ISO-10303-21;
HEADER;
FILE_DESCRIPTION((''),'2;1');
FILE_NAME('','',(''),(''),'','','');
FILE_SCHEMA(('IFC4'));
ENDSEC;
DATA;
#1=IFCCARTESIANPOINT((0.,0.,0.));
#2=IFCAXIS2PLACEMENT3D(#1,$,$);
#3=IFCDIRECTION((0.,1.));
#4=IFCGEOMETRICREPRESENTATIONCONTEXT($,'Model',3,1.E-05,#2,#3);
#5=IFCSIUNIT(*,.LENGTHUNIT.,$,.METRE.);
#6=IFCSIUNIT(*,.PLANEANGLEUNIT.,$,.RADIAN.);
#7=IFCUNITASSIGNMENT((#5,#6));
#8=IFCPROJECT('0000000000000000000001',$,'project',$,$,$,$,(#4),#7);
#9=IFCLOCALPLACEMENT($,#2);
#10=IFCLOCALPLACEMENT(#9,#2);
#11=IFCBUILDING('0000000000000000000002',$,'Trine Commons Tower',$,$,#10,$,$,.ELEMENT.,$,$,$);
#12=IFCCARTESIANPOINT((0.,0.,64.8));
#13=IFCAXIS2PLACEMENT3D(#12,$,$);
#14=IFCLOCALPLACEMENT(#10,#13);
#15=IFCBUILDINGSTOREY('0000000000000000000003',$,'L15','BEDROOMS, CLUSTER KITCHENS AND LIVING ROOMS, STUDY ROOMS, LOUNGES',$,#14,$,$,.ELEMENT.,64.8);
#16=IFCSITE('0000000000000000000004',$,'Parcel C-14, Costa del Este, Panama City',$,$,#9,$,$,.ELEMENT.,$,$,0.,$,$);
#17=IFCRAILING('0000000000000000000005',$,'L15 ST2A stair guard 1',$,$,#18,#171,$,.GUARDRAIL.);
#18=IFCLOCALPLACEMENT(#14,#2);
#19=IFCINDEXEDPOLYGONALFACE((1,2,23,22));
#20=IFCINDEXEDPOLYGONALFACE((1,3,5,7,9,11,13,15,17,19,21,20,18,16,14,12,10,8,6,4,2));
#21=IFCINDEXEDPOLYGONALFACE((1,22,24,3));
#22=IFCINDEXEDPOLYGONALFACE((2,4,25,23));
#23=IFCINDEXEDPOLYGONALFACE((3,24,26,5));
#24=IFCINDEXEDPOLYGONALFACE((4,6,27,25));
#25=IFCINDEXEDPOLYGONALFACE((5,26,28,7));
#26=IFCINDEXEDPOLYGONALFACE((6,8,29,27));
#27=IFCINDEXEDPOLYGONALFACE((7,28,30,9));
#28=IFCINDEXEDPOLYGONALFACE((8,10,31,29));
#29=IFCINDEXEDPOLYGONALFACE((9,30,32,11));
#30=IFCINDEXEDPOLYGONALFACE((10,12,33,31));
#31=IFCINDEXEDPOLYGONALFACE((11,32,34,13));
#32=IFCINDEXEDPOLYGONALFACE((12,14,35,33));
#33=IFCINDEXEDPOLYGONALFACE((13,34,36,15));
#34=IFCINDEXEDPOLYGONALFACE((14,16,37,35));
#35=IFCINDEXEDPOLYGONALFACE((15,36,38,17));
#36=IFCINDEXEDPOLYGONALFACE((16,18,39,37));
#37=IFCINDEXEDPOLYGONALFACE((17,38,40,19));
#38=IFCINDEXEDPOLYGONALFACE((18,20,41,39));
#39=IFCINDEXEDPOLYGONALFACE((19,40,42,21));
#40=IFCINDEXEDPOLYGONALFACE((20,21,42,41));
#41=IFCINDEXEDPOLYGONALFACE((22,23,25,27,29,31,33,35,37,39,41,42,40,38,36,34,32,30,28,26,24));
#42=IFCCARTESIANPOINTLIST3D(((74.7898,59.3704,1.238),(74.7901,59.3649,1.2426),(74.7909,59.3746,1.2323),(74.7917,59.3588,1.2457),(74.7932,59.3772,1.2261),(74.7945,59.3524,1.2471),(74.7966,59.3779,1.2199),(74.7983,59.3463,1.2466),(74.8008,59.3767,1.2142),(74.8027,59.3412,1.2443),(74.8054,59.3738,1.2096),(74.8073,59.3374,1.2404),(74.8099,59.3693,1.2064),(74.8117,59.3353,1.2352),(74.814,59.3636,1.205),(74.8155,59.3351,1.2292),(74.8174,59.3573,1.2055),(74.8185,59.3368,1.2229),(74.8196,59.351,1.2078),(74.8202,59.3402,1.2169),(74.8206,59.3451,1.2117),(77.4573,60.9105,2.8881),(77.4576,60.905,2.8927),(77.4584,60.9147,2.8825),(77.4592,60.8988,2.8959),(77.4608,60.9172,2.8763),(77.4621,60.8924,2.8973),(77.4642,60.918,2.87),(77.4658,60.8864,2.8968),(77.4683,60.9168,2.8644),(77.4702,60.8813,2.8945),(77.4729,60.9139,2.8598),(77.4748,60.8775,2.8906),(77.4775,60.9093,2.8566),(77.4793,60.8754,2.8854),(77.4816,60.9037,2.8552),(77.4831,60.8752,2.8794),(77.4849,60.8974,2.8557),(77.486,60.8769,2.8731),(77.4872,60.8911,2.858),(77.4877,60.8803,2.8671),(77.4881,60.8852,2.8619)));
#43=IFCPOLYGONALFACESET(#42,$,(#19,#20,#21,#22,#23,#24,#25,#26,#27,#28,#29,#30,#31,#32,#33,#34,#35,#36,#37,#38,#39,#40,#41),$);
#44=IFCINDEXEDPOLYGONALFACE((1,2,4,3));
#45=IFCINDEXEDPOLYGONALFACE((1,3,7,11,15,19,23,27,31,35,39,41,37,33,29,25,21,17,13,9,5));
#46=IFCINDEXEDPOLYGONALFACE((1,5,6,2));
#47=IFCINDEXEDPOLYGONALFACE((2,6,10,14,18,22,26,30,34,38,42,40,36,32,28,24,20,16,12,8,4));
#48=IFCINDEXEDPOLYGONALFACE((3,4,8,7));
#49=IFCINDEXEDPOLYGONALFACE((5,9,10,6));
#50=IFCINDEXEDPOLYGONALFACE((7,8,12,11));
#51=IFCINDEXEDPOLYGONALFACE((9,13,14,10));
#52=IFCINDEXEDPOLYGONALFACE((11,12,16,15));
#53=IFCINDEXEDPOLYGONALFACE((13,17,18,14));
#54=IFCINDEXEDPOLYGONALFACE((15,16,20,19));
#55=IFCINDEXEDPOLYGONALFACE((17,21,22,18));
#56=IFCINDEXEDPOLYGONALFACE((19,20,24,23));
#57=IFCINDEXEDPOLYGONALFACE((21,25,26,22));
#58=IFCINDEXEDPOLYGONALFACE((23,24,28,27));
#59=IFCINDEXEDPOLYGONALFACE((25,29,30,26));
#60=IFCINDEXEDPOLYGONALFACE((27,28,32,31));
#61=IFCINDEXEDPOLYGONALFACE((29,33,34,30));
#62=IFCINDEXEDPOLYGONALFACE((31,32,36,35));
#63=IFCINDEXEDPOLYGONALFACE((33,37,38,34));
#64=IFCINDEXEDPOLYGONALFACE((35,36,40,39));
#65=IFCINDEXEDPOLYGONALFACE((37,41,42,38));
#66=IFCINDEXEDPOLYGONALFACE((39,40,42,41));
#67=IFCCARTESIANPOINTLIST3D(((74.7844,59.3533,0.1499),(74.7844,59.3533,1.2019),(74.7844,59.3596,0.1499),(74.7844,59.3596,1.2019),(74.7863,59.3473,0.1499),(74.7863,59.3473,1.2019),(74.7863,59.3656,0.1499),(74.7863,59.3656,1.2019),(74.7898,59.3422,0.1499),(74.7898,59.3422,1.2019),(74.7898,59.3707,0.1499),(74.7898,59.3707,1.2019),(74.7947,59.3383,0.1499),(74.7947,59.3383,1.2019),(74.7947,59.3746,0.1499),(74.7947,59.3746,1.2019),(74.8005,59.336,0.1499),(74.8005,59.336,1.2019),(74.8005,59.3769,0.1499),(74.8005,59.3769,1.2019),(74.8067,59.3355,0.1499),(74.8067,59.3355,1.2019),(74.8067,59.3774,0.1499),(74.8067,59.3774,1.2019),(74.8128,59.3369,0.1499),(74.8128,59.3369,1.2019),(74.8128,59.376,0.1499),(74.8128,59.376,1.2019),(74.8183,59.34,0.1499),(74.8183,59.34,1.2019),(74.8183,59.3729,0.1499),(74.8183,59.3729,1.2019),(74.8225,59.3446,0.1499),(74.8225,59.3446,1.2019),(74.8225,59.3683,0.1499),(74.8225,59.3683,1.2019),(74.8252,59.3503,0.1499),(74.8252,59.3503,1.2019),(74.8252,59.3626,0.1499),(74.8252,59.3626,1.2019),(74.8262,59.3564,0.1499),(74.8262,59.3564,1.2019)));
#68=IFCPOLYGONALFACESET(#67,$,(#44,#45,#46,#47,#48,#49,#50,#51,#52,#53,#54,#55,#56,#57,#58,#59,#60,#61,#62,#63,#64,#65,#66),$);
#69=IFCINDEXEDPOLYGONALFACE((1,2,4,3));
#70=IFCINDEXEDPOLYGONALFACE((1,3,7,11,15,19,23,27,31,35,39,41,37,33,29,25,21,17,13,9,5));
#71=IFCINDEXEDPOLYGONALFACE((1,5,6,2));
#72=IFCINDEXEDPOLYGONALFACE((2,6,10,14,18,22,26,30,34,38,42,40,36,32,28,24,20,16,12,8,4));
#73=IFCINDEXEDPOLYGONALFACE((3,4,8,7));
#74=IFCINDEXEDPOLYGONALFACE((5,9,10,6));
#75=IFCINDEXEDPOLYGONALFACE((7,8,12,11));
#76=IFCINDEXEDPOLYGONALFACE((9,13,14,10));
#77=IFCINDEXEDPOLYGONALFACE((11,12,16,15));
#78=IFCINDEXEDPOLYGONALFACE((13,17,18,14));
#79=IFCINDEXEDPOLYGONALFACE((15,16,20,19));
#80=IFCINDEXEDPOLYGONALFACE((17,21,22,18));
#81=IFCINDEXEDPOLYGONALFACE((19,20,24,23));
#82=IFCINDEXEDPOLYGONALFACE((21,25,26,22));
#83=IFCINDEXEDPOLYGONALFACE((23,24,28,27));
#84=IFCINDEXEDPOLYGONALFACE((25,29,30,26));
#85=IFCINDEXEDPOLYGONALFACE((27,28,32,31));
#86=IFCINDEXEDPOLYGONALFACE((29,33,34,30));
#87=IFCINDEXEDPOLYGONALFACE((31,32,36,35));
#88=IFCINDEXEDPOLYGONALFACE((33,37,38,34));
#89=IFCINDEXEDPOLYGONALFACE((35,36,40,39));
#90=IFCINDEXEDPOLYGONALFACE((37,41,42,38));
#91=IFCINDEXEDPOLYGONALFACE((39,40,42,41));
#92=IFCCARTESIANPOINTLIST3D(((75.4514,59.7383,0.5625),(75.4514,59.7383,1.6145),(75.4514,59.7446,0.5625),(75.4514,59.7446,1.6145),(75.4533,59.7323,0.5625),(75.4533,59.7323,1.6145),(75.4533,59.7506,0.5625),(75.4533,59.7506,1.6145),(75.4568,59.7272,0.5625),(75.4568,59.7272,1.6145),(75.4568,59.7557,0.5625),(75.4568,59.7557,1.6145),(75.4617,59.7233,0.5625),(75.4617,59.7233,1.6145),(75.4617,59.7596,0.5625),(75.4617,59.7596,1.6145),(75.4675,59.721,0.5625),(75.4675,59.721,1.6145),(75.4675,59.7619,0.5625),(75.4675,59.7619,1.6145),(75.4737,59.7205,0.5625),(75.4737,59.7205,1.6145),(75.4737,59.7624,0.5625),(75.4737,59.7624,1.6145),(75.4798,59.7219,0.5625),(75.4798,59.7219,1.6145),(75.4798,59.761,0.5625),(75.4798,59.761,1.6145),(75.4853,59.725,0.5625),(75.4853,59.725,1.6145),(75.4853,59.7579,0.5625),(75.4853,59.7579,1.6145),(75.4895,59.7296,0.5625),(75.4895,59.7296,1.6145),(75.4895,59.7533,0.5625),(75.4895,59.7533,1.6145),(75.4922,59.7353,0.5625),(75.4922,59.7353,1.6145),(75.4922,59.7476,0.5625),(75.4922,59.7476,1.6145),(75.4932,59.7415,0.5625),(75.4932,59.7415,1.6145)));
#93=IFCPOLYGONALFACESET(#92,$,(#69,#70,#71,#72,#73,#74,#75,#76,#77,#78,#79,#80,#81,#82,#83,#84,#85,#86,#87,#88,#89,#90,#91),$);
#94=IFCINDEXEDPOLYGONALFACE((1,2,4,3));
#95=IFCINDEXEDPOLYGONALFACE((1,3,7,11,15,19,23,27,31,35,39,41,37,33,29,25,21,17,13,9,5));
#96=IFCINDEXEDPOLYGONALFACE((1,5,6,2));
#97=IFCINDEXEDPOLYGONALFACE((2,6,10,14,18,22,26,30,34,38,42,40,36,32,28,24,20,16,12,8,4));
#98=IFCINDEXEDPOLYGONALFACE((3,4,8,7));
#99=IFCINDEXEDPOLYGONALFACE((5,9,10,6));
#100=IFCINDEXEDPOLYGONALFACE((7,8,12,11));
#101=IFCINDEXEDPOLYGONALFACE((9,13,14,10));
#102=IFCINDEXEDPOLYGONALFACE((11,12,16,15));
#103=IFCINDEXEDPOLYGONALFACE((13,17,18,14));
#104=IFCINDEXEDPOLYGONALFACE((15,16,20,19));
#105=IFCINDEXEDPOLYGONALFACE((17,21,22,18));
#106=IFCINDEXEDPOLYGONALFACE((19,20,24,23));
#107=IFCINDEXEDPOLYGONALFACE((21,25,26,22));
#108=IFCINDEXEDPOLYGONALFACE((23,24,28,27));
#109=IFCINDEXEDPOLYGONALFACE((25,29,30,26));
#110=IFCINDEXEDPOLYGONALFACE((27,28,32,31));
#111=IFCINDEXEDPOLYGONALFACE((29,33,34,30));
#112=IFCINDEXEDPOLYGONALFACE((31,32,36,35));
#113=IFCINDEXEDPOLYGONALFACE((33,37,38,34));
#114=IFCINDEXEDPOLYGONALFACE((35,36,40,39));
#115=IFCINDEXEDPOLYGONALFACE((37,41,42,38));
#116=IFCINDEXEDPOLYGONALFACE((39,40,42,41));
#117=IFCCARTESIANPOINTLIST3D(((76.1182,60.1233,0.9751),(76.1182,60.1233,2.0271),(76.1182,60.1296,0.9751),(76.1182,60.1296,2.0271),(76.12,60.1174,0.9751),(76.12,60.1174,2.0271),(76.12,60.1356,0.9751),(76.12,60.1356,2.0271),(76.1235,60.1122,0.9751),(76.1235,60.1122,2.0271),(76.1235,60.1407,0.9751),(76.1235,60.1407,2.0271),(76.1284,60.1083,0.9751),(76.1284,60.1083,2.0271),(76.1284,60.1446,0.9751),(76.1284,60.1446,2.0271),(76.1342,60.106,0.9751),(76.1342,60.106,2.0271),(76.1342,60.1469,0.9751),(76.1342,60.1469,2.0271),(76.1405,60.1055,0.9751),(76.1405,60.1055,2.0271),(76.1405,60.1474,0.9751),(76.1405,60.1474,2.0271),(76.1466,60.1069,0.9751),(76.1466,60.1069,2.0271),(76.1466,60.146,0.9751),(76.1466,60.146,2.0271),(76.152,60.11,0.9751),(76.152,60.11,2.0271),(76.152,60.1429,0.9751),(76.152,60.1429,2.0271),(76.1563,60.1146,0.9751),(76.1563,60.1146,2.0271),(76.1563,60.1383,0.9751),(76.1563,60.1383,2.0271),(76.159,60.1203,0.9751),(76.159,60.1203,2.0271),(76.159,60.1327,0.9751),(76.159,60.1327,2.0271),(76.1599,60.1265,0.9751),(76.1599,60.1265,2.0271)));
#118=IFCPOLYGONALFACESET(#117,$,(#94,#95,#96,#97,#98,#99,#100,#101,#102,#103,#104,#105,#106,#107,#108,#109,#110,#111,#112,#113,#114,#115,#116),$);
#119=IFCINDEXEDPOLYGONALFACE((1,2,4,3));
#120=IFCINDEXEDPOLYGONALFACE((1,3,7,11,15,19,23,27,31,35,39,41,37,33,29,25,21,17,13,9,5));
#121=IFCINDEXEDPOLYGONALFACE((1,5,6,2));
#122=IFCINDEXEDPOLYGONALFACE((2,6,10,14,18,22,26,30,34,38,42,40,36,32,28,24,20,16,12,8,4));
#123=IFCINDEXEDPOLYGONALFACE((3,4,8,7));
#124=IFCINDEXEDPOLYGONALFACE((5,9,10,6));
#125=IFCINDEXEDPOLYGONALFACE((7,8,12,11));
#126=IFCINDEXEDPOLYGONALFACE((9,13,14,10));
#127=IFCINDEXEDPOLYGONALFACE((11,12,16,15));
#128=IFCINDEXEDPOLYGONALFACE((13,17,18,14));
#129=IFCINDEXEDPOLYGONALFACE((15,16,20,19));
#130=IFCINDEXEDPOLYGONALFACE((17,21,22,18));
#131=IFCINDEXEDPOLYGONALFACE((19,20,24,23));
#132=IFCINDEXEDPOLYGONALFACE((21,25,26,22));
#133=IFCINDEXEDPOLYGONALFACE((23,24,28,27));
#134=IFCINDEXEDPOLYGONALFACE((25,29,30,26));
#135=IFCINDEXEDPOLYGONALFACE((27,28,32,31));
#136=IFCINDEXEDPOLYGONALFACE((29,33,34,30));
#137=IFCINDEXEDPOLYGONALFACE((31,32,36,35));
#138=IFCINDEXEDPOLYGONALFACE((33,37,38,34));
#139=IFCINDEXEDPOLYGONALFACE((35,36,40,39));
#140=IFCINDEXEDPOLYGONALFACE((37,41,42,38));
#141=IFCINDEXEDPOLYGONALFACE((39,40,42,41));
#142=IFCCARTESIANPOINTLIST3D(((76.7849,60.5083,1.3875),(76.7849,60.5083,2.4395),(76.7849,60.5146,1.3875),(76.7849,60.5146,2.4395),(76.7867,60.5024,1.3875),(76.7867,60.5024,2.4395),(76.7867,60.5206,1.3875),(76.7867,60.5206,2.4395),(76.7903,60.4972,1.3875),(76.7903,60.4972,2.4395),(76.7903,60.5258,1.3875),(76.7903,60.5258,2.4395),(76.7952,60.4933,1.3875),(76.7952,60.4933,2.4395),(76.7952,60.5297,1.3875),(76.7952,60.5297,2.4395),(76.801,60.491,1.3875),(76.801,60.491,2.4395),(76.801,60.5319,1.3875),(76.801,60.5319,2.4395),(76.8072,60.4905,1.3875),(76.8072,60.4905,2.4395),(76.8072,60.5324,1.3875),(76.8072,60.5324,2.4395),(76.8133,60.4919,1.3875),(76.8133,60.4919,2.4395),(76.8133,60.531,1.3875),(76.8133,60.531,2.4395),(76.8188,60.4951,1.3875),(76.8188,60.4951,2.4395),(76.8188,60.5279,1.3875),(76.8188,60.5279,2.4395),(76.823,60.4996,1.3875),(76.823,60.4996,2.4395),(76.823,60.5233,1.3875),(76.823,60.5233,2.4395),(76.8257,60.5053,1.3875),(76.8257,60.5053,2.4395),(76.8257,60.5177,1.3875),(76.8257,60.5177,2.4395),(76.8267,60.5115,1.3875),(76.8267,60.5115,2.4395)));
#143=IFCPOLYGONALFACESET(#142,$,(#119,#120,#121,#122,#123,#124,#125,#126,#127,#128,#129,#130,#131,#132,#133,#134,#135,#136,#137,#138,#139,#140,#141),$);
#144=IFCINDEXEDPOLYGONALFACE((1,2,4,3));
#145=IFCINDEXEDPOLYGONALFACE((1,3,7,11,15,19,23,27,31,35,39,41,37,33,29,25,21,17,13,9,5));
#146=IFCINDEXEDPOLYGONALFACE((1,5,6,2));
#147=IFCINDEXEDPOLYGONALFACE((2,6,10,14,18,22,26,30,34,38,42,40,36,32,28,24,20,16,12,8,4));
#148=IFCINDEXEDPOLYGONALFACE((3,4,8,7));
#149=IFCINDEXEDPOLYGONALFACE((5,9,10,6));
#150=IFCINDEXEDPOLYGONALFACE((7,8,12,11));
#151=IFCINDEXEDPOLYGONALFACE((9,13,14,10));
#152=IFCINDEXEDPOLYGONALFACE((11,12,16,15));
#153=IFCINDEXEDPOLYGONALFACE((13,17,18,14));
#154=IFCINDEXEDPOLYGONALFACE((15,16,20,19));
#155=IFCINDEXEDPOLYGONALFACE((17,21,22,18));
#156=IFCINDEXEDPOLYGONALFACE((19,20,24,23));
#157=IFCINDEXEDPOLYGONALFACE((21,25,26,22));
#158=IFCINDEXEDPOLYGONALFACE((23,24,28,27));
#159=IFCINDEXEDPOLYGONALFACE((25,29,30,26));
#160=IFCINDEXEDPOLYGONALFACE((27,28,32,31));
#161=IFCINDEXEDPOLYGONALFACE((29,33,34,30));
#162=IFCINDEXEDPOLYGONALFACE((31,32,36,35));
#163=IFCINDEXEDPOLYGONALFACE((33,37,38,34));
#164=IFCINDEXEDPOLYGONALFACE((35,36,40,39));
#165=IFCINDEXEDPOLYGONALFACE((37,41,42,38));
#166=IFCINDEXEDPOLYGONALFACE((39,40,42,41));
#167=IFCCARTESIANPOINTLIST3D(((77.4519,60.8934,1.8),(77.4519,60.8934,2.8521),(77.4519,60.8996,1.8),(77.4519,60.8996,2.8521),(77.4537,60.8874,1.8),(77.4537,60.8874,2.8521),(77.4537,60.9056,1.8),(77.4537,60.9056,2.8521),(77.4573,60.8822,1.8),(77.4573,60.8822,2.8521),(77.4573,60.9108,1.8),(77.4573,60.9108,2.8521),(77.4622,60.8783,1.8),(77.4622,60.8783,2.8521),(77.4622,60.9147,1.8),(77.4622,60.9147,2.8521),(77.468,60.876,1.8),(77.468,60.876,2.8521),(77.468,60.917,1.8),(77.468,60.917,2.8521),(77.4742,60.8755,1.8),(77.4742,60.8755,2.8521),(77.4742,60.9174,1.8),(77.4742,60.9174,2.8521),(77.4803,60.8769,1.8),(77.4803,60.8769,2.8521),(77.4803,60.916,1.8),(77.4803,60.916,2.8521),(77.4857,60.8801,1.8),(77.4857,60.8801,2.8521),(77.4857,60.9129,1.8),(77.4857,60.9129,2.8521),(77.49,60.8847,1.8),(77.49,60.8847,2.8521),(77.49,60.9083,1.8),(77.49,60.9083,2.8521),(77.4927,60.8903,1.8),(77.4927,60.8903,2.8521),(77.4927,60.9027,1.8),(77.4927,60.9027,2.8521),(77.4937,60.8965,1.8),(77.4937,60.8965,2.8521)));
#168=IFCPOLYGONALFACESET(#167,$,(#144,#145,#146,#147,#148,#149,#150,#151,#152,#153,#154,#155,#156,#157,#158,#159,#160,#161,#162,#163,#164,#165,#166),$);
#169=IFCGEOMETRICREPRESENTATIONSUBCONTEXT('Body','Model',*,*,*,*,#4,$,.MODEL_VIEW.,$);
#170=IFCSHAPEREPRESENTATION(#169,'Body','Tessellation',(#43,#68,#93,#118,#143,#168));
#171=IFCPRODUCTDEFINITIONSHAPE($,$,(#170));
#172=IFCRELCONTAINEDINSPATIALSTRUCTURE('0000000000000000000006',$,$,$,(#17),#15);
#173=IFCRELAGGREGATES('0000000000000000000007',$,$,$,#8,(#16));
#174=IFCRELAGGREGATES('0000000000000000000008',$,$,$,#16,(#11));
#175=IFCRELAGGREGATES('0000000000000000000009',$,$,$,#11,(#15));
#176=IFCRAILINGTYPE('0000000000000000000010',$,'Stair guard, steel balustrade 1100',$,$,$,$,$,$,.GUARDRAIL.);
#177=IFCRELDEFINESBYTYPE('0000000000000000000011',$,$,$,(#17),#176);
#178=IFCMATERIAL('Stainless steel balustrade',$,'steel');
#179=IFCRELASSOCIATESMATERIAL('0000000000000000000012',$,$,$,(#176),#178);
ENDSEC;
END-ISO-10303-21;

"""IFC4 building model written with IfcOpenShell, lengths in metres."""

from ifc_helpers import new_model, si_unit, direction, frame, origin, origin_2d, place, context, subcontext, project, spatial, circle, extrude, material, type_object, element, save


model = new_model("IFC4")

# Units and contexts
model_context = context("Model", 3, precision=1e-05, world=origin(), true_north=direction((0.0, 1.0)))
body_context = subcontext(model_context, "Body", "Model", "MODEL_VIEW")
ifc_project = project(units=[si_unit("LENGTHUNIT", "METRE"), si_unit("PLANEANGLEUNIT", "RADIAN")], contexts=[model_context])

# Site, building, storey
site_placement = place(None, origin())
site = spatial("IfcSite", under=ifc_project, at=site_placement, Name="Parcel C-14, Costa del Este, Panama City", CompositionType="ELEMENT", RefElevation=0.0)
building_placement = place(site_placement, origin())
building = spatial("IfcBuilding", under=site, at=building_placement, Name="Trine Commons Tower", CompositionType="ELEMENT")
storey_placement = place(building_placement, frame((0.0, 0.0, 64.8)))
storey = spatial("IfcBuildingStorey", under=building, at=storey_placement, Name="L15", Description="BEDROOMS, CLUSTER KITCHENS AND LIVING ROOMS, STUDY ROOMS, LOUNGES", CompositionType="ELEMENT", Elevation=64.8)

# Railing
ifc_material_1 = material(Name="Stainless steel balustrade", Category="steel")
railing_type_1 = type_object("IfcRailingType", Name="Stair guard, steel balustrade 1100", PredefinedType="GUARDRAIL", material=ifc_material_1)
railing_1_placement = place(storey_placement, frame((74.8052, 59.3564, 0.1499)))
element("IfcRailing", 1, at=railing_1_placement, inside=storey, type_object=railing_type_1, Name="L15 ST2A stair guard 1", PredefinedType="GUARDRAIL", context=body_context, shape_type="SweptSolid", body=[
    extrude(circle(Radius=0.0239, at=origin_2d()), frame((0.0, 0.0, 1.0762), z_axis=(0.76338, 0.440728, 0.472239), x_axis=(-0.499992, 0.86603, 0.0)), (0.0, 0.0, 1.0), 3.4944),
    extrude(circle(Radius=0.021, at=origin_2d()), origin(), (0.0, 0.0, 1.0), 1.052),
    extrude(circle(Radius=0.021, at=origin_2d()), frame((0.667, 0.385, 0.4126)), (0.0, 0.0, 1.0), 1.052),
    extrude(circle(Radius=0.021, at=origin_2d()), frame((1.3337, 0.77, 0.8252)), (0.0, 0.0, 1.0), 1.052),
    extrude(circle(Radius=0.021, at=origin_2d()), frame((2.0005, 1.155, 1.2375)), (0.0, 0.0, 1.0), 1.052),
    extrude(circle(Radius=0.021, at=origin_2d()), frame((2.6675, 1.54, 1.6501)), (0.0, 0.0, 1.0), 1.052),
])

save(model, "model.ifc")
